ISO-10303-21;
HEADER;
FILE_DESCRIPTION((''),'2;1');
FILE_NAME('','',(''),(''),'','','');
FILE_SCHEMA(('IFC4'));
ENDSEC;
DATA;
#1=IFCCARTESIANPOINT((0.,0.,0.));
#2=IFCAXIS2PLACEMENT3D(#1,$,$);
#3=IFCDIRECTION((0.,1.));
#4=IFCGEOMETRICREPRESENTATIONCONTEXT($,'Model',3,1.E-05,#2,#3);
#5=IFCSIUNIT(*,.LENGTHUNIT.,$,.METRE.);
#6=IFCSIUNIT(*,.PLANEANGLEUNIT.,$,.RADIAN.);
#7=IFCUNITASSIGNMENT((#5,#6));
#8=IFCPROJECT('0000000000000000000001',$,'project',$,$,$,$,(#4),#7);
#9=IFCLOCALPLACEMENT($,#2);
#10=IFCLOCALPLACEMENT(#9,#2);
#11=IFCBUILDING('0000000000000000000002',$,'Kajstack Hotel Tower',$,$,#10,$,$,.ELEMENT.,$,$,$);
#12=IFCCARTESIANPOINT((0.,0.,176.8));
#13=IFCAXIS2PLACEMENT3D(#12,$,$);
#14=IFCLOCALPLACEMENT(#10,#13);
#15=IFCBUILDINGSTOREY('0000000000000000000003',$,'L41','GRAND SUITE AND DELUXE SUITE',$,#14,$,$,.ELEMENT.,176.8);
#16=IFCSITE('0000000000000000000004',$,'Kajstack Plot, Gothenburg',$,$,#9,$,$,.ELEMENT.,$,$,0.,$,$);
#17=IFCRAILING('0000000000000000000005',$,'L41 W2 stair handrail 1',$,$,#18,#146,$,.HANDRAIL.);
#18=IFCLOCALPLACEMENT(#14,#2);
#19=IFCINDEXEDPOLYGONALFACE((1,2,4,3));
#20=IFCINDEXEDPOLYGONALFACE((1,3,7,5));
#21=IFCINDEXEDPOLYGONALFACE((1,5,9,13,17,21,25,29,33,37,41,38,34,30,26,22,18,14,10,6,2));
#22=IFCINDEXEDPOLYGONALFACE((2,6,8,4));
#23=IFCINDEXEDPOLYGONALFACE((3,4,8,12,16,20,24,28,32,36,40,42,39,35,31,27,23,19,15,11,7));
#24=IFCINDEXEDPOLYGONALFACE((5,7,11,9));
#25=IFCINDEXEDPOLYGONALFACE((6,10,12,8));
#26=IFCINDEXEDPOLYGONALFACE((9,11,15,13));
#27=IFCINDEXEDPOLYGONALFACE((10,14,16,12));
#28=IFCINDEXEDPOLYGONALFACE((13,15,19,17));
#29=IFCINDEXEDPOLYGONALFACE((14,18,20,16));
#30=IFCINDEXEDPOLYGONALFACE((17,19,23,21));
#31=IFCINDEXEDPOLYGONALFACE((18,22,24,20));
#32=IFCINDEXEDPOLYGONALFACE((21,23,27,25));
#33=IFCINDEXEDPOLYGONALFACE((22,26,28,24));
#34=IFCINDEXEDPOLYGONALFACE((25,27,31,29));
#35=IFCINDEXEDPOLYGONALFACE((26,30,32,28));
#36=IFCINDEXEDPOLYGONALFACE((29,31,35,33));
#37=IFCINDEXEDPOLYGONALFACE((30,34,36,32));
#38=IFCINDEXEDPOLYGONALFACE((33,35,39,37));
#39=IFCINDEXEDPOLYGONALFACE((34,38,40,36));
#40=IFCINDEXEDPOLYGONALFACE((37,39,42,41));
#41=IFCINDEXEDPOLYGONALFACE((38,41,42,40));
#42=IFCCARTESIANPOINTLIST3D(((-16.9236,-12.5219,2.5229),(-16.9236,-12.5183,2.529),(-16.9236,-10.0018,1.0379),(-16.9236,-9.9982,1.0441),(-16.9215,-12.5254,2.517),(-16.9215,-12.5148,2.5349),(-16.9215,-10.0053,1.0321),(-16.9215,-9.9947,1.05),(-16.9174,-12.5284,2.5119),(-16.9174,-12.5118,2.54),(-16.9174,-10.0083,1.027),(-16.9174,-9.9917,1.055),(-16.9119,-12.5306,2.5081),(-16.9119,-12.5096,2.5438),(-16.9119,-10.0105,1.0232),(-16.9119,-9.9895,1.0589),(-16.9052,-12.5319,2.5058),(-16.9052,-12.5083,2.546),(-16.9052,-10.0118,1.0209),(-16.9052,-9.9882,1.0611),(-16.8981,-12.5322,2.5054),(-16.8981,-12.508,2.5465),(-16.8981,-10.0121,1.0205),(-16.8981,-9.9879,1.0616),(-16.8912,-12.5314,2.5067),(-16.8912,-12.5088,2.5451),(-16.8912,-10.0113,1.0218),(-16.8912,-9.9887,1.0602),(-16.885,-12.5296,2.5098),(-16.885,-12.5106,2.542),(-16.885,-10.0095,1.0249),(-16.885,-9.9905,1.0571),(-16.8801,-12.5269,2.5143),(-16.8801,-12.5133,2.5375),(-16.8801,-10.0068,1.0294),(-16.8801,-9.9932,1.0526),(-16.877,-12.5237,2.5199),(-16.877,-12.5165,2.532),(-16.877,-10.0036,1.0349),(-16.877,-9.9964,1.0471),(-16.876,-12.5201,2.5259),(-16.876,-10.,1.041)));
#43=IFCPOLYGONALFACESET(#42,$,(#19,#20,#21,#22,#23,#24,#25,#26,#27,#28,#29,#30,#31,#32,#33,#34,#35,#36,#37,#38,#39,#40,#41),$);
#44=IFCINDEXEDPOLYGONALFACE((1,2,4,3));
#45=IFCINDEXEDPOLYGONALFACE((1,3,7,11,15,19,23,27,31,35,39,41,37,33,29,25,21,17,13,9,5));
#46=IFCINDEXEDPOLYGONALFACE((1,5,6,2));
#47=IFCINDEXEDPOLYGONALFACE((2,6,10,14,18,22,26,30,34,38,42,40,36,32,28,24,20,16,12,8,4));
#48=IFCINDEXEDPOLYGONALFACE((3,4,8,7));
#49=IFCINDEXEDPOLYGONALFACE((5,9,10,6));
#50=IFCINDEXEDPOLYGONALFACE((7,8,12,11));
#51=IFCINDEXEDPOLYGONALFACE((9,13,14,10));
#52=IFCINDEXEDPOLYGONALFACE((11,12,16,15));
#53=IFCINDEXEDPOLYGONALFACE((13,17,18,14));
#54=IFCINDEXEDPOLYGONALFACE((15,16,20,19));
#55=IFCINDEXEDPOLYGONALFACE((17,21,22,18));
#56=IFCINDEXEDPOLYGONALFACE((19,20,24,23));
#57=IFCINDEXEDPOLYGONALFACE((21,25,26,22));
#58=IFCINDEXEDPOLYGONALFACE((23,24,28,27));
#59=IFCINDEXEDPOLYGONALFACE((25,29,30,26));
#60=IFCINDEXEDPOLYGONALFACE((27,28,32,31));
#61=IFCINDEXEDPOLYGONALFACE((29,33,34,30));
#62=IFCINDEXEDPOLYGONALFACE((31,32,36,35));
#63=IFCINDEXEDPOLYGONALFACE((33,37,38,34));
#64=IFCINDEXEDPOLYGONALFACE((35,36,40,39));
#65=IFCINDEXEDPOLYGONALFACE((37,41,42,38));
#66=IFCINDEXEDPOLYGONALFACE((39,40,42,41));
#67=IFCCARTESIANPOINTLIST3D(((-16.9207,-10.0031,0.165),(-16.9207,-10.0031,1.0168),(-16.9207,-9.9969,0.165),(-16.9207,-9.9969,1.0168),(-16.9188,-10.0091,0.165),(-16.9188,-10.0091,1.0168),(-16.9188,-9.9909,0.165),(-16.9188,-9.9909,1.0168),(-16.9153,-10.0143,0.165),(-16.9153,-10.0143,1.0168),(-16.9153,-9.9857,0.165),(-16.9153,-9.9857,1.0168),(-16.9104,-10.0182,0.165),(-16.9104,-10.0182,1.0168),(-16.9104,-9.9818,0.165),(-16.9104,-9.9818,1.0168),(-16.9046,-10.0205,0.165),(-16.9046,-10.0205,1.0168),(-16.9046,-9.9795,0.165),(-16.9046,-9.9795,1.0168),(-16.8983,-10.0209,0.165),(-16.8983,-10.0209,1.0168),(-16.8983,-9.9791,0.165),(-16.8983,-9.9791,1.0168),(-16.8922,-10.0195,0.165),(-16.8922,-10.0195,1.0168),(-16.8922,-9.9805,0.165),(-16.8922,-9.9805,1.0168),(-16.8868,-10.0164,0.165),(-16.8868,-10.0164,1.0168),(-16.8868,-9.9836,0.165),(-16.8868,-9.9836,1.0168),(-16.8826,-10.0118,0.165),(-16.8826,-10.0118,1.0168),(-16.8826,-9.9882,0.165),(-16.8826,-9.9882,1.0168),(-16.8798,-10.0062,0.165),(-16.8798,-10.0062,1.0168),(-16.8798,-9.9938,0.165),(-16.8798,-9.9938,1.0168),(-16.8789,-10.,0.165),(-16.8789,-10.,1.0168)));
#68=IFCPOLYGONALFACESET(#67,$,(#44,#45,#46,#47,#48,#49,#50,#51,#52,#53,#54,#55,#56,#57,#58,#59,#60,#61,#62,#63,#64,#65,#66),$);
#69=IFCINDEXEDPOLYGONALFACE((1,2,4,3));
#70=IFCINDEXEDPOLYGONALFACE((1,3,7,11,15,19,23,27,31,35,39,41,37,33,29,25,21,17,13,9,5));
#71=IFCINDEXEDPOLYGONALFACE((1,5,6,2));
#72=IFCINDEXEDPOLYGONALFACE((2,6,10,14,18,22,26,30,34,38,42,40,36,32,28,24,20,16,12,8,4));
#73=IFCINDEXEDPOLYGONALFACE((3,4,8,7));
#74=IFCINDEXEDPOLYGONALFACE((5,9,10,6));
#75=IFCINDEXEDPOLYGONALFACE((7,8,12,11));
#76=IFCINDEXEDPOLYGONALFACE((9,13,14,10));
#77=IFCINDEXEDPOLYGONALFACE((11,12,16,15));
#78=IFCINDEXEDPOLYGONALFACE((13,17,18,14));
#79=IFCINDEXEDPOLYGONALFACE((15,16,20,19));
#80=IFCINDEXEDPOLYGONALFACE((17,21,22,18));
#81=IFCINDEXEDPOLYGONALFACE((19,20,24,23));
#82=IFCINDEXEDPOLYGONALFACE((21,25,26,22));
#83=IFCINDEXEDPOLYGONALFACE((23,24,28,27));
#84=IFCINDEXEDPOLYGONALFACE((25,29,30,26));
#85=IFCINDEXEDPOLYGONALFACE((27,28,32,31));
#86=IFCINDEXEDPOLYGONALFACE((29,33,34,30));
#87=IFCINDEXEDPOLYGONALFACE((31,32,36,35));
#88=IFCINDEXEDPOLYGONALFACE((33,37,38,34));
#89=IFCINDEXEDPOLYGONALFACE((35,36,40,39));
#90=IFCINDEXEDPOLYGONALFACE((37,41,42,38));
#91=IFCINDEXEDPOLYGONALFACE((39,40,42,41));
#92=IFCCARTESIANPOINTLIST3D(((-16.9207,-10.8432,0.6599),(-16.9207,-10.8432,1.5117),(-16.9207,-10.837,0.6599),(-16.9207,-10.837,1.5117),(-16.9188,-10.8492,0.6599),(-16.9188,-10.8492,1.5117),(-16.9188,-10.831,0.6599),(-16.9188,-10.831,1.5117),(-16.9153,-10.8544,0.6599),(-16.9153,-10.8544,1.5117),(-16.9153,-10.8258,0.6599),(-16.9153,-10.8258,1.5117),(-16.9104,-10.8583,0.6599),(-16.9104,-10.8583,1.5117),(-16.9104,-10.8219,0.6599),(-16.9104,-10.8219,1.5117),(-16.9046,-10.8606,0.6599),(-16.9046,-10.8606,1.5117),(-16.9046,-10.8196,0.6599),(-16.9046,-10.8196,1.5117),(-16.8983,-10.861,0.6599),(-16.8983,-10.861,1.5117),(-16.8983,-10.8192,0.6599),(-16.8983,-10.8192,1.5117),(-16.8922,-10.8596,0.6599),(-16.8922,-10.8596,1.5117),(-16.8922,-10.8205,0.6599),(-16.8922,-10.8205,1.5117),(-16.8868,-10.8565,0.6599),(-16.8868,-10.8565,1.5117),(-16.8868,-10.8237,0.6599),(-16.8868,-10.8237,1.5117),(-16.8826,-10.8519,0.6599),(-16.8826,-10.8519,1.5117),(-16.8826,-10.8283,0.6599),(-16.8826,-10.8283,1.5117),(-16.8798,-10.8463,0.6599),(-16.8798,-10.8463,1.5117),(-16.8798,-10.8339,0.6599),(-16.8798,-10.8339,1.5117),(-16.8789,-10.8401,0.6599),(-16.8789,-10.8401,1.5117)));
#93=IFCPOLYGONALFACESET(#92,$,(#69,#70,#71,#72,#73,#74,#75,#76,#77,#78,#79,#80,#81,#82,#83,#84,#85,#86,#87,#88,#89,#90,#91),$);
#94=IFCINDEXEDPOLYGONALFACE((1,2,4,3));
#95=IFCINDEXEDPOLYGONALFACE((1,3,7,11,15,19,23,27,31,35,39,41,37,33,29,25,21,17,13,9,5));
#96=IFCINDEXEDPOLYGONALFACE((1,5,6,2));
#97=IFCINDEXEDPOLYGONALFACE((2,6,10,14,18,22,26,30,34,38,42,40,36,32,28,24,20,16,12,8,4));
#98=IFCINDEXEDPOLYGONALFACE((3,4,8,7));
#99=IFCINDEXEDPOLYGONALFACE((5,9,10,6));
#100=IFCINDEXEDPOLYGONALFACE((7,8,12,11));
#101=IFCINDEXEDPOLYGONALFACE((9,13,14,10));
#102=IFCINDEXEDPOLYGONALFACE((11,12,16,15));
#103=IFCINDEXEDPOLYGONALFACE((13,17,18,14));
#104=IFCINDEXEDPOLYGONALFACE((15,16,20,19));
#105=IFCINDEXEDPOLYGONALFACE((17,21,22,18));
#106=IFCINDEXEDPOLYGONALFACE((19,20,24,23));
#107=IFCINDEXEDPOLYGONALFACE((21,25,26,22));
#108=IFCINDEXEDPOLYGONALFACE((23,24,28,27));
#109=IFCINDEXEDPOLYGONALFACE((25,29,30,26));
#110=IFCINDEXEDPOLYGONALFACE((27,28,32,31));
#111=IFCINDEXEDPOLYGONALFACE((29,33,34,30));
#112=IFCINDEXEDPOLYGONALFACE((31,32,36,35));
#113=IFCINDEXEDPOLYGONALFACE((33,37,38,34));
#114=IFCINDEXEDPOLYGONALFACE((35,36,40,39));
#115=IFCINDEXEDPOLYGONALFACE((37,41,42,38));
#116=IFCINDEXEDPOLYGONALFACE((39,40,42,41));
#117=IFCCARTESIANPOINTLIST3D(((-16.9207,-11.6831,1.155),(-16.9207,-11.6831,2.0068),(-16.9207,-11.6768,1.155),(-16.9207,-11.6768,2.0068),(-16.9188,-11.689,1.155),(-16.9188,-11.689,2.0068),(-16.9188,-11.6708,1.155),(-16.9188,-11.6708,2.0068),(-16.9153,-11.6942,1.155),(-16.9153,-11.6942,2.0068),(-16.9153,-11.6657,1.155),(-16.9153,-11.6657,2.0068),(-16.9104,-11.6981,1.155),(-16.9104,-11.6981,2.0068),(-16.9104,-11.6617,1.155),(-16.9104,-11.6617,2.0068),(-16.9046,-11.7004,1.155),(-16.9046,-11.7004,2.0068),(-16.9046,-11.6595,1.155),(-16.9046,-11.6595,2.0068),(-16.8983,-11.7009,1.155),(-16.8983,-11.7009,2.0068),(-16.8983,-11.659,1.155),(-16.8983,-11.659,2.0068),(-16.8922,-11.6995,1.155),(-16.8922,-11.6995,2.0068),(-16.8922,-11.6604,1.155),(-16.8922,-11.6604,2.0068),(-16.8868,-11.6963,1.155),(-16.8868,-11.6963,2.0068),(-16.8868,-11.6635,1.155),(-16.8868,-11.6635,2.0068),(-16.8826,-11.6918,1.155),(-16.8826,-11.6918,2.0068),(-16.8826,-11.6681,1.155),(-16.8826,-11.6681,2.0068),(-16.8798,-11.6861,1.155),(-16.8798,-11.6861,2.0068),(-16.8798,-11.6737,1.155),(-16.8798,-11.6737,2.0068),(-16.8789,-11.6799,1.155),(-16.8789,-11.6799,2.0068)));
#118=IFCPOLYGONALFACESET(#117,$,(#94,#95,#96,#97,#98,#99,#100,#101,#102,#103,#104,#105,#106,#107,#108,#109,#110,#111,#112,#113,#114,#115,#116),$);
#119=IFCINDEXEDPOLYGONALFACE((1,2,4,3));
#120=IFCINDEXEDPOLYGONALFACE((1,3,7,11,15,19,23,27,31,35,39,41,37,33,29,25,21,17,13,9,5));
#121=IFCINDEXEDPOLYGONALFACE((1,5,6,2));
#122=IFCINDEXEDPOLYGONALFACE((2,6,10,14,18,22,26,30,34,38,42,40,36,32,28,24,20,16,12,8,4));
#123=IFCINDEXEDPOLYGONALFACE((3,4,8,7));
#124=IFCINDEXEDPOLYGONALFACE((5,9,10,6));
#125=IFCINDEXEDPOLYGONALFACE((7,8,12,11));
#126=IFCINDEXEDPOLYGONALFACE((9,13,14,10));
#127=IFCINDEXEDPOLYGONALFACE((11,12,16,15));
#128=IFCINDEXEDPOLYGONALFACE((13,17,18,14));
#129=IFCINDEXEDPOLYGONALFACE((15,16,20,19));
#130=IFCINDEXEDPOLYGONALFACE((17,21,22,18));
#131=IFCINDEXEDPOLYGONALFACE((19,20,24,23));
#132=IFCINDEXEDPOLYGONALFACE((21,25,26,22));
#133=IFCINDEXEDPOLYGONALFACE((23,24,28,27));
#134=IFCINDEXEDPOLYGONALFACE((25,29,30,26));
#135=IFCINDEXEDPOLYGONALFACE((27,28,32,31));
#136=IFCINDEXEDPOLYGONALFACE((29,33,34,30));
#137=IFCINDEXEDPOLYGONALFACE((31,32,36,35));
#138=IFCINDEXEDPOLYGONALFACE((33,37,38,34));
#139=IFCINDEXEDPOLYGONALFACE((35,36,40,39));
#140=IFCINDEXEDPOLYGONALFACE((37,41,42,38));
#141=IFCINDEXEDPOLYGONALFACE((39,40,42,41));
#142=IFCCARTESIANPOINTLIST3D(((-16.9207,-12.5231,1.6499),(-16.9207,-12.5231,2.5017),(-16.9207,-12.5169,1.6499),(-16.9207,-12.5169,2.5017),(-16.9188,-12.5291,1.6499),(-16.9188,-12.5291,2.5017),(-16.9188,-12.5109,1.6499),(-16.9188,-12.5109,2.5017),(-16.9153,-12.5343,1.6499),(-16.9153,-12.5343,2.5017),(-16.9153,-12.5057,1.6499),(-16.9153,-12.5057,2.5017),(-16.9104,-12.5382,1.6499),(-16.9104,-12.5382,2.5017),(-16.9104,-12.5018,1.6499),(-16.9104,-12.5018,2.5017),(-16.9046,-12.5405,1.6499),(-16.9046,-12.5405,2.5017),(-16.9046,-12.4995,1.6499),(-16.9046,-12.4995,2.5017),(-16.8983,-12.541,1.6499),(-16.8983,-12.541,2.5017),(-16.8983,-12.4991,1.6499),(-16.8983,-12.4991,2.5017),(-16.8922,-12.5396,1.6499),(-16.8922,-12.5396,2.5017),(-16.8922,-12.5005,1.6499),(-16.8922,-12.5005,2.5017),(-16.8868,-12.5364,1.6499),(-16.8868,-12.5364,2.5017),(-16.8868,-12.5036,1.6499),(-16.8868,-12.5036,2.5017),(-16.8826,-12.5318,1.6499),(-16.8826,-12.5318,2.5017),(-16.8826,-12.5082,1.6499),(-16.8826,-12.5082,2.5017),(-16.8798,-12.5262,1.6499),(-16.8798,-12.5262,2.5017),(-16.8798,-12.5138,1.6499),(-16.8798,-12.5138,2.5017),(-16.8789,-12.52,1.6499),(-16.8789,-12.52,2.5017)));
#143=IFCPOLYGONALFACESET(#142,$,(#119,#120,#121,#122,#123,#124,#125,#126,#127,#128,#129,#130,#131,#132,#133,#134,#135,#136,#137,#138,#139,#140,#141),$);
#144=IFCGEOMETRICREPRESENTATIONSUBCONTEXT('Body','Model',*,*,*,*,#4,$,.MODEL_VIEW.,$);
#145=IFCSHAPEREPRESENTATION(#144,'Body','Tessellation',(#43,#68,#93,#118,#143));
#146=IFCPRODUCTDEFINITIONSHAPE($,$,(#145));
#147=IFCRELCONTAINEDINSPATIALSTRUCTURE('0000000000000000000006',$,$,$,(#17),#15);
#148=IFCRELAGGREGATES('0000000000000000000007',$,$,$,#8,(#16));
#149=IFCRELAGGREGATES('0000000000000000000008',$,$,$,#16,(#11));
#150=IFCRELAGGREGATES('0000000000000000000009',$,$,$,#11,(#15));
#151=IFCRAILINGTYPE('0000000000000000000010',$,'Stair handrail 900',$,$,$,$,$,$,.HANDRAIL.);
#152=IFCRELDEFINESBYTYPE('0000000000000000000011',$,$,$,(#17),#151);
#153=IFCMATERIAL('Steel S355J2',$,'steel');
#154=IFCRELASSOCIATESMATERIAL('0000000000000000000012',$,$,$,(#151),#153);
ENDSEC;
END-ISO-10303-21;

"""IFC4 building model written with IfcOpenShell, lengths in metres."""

from ifc_helpers import new_model, si_unit, direction, frame, origin, origin_2d, place, context, subcontext, project, spatial, circle, extrude, material, type_object, element, save


model = new_model("IFC4")

# Units and contexts
model_context = context("Model", 3, precision=1e-05, world=origin(), true_north=direction((0.0, 1.0)))
body_context = subcontext(model_context, "Body", "Model", "MODEL_VIEW")
ifc_project = project(units=[si_unit("LENGTHUNIT", "METRE"), si_unit("PLANEANGLEUNIT", "RADIAN")], contexts=[model_context])

# Site, building, storey
site_placement = place(None, origin())
site = spatial("IfcSite", under=ifc_project, at=site_placement, Name="Kajstack Plot, Gothenburg", CompositionType="ELEMENT", RefElevation=0.0)
building_placement = place(site_placement, origin())
building = spatial("IfcBuilding", under=site, at=building_placement, Name="Kajstack Hotel Tower", CompositionType="ELEMENT")
storey_placement = place(building_placement, frame((0.0, 0.0, 176.8)))
storey = spatial("IfcBuildingStorey", under=building, at=storey_placement, Name="L41", Description="GRAND SUITE AND DELUXE SUITE", CompositionType="ELEMENT", Elevation=176.8)

# Railing
ifc_material_1 = material(Name="Steel S355J2", Category="steel")
railing_type_1 = type_object("IfcRailingType", Name="Stair handrail 900", PredefinedType="HANDRAIL", material=ifc_material_1)
railing_1_placement = place(storey_placement, frame((-16.8999, -10.0, 0.165)))
element("IfcRailing", 1, at=railing_1_placement, inside=storey, type_object=railing_type_1, Name="L41 W2 stair handrail 1", PredefinedType="HANDRAIL", context=body_context, shape_type="SweptSolid", body=[
    extrude(circle(Radius=0.0239, at=origin_2d()), frame((0.0, 0.0, 0.876), z_axis=(0.0, -0.861561, 0.507655), x_axis=(1.0, 0.0, 0.0)), (0.0, 0.0, 1.0), 2.925),
    extrude(circle(Radius=0.021, at=origin_2d()), origin(), (0.0, 0.0, 1.0), 0.8518),
    extrude(circle(Radius=0.021, at=origin_2d()), frame((0.0, -0.8401, 0.4949)), (0.0, 0.0, 1.0), 0.8518),
    extrude(circle(Radius=0.021, at=origin_2d()), frame((0.0, -1.6799, 0.99)), (0.0, 0.0, 1.0), 0.8518),
    extrude(circle(Radius=0.021, at=origin_2d()), frame((0.0, -2.52, 1.4849)), (0.0, 0.0, 1.0), 0.8518),
])

save(model, "model.ifc")
